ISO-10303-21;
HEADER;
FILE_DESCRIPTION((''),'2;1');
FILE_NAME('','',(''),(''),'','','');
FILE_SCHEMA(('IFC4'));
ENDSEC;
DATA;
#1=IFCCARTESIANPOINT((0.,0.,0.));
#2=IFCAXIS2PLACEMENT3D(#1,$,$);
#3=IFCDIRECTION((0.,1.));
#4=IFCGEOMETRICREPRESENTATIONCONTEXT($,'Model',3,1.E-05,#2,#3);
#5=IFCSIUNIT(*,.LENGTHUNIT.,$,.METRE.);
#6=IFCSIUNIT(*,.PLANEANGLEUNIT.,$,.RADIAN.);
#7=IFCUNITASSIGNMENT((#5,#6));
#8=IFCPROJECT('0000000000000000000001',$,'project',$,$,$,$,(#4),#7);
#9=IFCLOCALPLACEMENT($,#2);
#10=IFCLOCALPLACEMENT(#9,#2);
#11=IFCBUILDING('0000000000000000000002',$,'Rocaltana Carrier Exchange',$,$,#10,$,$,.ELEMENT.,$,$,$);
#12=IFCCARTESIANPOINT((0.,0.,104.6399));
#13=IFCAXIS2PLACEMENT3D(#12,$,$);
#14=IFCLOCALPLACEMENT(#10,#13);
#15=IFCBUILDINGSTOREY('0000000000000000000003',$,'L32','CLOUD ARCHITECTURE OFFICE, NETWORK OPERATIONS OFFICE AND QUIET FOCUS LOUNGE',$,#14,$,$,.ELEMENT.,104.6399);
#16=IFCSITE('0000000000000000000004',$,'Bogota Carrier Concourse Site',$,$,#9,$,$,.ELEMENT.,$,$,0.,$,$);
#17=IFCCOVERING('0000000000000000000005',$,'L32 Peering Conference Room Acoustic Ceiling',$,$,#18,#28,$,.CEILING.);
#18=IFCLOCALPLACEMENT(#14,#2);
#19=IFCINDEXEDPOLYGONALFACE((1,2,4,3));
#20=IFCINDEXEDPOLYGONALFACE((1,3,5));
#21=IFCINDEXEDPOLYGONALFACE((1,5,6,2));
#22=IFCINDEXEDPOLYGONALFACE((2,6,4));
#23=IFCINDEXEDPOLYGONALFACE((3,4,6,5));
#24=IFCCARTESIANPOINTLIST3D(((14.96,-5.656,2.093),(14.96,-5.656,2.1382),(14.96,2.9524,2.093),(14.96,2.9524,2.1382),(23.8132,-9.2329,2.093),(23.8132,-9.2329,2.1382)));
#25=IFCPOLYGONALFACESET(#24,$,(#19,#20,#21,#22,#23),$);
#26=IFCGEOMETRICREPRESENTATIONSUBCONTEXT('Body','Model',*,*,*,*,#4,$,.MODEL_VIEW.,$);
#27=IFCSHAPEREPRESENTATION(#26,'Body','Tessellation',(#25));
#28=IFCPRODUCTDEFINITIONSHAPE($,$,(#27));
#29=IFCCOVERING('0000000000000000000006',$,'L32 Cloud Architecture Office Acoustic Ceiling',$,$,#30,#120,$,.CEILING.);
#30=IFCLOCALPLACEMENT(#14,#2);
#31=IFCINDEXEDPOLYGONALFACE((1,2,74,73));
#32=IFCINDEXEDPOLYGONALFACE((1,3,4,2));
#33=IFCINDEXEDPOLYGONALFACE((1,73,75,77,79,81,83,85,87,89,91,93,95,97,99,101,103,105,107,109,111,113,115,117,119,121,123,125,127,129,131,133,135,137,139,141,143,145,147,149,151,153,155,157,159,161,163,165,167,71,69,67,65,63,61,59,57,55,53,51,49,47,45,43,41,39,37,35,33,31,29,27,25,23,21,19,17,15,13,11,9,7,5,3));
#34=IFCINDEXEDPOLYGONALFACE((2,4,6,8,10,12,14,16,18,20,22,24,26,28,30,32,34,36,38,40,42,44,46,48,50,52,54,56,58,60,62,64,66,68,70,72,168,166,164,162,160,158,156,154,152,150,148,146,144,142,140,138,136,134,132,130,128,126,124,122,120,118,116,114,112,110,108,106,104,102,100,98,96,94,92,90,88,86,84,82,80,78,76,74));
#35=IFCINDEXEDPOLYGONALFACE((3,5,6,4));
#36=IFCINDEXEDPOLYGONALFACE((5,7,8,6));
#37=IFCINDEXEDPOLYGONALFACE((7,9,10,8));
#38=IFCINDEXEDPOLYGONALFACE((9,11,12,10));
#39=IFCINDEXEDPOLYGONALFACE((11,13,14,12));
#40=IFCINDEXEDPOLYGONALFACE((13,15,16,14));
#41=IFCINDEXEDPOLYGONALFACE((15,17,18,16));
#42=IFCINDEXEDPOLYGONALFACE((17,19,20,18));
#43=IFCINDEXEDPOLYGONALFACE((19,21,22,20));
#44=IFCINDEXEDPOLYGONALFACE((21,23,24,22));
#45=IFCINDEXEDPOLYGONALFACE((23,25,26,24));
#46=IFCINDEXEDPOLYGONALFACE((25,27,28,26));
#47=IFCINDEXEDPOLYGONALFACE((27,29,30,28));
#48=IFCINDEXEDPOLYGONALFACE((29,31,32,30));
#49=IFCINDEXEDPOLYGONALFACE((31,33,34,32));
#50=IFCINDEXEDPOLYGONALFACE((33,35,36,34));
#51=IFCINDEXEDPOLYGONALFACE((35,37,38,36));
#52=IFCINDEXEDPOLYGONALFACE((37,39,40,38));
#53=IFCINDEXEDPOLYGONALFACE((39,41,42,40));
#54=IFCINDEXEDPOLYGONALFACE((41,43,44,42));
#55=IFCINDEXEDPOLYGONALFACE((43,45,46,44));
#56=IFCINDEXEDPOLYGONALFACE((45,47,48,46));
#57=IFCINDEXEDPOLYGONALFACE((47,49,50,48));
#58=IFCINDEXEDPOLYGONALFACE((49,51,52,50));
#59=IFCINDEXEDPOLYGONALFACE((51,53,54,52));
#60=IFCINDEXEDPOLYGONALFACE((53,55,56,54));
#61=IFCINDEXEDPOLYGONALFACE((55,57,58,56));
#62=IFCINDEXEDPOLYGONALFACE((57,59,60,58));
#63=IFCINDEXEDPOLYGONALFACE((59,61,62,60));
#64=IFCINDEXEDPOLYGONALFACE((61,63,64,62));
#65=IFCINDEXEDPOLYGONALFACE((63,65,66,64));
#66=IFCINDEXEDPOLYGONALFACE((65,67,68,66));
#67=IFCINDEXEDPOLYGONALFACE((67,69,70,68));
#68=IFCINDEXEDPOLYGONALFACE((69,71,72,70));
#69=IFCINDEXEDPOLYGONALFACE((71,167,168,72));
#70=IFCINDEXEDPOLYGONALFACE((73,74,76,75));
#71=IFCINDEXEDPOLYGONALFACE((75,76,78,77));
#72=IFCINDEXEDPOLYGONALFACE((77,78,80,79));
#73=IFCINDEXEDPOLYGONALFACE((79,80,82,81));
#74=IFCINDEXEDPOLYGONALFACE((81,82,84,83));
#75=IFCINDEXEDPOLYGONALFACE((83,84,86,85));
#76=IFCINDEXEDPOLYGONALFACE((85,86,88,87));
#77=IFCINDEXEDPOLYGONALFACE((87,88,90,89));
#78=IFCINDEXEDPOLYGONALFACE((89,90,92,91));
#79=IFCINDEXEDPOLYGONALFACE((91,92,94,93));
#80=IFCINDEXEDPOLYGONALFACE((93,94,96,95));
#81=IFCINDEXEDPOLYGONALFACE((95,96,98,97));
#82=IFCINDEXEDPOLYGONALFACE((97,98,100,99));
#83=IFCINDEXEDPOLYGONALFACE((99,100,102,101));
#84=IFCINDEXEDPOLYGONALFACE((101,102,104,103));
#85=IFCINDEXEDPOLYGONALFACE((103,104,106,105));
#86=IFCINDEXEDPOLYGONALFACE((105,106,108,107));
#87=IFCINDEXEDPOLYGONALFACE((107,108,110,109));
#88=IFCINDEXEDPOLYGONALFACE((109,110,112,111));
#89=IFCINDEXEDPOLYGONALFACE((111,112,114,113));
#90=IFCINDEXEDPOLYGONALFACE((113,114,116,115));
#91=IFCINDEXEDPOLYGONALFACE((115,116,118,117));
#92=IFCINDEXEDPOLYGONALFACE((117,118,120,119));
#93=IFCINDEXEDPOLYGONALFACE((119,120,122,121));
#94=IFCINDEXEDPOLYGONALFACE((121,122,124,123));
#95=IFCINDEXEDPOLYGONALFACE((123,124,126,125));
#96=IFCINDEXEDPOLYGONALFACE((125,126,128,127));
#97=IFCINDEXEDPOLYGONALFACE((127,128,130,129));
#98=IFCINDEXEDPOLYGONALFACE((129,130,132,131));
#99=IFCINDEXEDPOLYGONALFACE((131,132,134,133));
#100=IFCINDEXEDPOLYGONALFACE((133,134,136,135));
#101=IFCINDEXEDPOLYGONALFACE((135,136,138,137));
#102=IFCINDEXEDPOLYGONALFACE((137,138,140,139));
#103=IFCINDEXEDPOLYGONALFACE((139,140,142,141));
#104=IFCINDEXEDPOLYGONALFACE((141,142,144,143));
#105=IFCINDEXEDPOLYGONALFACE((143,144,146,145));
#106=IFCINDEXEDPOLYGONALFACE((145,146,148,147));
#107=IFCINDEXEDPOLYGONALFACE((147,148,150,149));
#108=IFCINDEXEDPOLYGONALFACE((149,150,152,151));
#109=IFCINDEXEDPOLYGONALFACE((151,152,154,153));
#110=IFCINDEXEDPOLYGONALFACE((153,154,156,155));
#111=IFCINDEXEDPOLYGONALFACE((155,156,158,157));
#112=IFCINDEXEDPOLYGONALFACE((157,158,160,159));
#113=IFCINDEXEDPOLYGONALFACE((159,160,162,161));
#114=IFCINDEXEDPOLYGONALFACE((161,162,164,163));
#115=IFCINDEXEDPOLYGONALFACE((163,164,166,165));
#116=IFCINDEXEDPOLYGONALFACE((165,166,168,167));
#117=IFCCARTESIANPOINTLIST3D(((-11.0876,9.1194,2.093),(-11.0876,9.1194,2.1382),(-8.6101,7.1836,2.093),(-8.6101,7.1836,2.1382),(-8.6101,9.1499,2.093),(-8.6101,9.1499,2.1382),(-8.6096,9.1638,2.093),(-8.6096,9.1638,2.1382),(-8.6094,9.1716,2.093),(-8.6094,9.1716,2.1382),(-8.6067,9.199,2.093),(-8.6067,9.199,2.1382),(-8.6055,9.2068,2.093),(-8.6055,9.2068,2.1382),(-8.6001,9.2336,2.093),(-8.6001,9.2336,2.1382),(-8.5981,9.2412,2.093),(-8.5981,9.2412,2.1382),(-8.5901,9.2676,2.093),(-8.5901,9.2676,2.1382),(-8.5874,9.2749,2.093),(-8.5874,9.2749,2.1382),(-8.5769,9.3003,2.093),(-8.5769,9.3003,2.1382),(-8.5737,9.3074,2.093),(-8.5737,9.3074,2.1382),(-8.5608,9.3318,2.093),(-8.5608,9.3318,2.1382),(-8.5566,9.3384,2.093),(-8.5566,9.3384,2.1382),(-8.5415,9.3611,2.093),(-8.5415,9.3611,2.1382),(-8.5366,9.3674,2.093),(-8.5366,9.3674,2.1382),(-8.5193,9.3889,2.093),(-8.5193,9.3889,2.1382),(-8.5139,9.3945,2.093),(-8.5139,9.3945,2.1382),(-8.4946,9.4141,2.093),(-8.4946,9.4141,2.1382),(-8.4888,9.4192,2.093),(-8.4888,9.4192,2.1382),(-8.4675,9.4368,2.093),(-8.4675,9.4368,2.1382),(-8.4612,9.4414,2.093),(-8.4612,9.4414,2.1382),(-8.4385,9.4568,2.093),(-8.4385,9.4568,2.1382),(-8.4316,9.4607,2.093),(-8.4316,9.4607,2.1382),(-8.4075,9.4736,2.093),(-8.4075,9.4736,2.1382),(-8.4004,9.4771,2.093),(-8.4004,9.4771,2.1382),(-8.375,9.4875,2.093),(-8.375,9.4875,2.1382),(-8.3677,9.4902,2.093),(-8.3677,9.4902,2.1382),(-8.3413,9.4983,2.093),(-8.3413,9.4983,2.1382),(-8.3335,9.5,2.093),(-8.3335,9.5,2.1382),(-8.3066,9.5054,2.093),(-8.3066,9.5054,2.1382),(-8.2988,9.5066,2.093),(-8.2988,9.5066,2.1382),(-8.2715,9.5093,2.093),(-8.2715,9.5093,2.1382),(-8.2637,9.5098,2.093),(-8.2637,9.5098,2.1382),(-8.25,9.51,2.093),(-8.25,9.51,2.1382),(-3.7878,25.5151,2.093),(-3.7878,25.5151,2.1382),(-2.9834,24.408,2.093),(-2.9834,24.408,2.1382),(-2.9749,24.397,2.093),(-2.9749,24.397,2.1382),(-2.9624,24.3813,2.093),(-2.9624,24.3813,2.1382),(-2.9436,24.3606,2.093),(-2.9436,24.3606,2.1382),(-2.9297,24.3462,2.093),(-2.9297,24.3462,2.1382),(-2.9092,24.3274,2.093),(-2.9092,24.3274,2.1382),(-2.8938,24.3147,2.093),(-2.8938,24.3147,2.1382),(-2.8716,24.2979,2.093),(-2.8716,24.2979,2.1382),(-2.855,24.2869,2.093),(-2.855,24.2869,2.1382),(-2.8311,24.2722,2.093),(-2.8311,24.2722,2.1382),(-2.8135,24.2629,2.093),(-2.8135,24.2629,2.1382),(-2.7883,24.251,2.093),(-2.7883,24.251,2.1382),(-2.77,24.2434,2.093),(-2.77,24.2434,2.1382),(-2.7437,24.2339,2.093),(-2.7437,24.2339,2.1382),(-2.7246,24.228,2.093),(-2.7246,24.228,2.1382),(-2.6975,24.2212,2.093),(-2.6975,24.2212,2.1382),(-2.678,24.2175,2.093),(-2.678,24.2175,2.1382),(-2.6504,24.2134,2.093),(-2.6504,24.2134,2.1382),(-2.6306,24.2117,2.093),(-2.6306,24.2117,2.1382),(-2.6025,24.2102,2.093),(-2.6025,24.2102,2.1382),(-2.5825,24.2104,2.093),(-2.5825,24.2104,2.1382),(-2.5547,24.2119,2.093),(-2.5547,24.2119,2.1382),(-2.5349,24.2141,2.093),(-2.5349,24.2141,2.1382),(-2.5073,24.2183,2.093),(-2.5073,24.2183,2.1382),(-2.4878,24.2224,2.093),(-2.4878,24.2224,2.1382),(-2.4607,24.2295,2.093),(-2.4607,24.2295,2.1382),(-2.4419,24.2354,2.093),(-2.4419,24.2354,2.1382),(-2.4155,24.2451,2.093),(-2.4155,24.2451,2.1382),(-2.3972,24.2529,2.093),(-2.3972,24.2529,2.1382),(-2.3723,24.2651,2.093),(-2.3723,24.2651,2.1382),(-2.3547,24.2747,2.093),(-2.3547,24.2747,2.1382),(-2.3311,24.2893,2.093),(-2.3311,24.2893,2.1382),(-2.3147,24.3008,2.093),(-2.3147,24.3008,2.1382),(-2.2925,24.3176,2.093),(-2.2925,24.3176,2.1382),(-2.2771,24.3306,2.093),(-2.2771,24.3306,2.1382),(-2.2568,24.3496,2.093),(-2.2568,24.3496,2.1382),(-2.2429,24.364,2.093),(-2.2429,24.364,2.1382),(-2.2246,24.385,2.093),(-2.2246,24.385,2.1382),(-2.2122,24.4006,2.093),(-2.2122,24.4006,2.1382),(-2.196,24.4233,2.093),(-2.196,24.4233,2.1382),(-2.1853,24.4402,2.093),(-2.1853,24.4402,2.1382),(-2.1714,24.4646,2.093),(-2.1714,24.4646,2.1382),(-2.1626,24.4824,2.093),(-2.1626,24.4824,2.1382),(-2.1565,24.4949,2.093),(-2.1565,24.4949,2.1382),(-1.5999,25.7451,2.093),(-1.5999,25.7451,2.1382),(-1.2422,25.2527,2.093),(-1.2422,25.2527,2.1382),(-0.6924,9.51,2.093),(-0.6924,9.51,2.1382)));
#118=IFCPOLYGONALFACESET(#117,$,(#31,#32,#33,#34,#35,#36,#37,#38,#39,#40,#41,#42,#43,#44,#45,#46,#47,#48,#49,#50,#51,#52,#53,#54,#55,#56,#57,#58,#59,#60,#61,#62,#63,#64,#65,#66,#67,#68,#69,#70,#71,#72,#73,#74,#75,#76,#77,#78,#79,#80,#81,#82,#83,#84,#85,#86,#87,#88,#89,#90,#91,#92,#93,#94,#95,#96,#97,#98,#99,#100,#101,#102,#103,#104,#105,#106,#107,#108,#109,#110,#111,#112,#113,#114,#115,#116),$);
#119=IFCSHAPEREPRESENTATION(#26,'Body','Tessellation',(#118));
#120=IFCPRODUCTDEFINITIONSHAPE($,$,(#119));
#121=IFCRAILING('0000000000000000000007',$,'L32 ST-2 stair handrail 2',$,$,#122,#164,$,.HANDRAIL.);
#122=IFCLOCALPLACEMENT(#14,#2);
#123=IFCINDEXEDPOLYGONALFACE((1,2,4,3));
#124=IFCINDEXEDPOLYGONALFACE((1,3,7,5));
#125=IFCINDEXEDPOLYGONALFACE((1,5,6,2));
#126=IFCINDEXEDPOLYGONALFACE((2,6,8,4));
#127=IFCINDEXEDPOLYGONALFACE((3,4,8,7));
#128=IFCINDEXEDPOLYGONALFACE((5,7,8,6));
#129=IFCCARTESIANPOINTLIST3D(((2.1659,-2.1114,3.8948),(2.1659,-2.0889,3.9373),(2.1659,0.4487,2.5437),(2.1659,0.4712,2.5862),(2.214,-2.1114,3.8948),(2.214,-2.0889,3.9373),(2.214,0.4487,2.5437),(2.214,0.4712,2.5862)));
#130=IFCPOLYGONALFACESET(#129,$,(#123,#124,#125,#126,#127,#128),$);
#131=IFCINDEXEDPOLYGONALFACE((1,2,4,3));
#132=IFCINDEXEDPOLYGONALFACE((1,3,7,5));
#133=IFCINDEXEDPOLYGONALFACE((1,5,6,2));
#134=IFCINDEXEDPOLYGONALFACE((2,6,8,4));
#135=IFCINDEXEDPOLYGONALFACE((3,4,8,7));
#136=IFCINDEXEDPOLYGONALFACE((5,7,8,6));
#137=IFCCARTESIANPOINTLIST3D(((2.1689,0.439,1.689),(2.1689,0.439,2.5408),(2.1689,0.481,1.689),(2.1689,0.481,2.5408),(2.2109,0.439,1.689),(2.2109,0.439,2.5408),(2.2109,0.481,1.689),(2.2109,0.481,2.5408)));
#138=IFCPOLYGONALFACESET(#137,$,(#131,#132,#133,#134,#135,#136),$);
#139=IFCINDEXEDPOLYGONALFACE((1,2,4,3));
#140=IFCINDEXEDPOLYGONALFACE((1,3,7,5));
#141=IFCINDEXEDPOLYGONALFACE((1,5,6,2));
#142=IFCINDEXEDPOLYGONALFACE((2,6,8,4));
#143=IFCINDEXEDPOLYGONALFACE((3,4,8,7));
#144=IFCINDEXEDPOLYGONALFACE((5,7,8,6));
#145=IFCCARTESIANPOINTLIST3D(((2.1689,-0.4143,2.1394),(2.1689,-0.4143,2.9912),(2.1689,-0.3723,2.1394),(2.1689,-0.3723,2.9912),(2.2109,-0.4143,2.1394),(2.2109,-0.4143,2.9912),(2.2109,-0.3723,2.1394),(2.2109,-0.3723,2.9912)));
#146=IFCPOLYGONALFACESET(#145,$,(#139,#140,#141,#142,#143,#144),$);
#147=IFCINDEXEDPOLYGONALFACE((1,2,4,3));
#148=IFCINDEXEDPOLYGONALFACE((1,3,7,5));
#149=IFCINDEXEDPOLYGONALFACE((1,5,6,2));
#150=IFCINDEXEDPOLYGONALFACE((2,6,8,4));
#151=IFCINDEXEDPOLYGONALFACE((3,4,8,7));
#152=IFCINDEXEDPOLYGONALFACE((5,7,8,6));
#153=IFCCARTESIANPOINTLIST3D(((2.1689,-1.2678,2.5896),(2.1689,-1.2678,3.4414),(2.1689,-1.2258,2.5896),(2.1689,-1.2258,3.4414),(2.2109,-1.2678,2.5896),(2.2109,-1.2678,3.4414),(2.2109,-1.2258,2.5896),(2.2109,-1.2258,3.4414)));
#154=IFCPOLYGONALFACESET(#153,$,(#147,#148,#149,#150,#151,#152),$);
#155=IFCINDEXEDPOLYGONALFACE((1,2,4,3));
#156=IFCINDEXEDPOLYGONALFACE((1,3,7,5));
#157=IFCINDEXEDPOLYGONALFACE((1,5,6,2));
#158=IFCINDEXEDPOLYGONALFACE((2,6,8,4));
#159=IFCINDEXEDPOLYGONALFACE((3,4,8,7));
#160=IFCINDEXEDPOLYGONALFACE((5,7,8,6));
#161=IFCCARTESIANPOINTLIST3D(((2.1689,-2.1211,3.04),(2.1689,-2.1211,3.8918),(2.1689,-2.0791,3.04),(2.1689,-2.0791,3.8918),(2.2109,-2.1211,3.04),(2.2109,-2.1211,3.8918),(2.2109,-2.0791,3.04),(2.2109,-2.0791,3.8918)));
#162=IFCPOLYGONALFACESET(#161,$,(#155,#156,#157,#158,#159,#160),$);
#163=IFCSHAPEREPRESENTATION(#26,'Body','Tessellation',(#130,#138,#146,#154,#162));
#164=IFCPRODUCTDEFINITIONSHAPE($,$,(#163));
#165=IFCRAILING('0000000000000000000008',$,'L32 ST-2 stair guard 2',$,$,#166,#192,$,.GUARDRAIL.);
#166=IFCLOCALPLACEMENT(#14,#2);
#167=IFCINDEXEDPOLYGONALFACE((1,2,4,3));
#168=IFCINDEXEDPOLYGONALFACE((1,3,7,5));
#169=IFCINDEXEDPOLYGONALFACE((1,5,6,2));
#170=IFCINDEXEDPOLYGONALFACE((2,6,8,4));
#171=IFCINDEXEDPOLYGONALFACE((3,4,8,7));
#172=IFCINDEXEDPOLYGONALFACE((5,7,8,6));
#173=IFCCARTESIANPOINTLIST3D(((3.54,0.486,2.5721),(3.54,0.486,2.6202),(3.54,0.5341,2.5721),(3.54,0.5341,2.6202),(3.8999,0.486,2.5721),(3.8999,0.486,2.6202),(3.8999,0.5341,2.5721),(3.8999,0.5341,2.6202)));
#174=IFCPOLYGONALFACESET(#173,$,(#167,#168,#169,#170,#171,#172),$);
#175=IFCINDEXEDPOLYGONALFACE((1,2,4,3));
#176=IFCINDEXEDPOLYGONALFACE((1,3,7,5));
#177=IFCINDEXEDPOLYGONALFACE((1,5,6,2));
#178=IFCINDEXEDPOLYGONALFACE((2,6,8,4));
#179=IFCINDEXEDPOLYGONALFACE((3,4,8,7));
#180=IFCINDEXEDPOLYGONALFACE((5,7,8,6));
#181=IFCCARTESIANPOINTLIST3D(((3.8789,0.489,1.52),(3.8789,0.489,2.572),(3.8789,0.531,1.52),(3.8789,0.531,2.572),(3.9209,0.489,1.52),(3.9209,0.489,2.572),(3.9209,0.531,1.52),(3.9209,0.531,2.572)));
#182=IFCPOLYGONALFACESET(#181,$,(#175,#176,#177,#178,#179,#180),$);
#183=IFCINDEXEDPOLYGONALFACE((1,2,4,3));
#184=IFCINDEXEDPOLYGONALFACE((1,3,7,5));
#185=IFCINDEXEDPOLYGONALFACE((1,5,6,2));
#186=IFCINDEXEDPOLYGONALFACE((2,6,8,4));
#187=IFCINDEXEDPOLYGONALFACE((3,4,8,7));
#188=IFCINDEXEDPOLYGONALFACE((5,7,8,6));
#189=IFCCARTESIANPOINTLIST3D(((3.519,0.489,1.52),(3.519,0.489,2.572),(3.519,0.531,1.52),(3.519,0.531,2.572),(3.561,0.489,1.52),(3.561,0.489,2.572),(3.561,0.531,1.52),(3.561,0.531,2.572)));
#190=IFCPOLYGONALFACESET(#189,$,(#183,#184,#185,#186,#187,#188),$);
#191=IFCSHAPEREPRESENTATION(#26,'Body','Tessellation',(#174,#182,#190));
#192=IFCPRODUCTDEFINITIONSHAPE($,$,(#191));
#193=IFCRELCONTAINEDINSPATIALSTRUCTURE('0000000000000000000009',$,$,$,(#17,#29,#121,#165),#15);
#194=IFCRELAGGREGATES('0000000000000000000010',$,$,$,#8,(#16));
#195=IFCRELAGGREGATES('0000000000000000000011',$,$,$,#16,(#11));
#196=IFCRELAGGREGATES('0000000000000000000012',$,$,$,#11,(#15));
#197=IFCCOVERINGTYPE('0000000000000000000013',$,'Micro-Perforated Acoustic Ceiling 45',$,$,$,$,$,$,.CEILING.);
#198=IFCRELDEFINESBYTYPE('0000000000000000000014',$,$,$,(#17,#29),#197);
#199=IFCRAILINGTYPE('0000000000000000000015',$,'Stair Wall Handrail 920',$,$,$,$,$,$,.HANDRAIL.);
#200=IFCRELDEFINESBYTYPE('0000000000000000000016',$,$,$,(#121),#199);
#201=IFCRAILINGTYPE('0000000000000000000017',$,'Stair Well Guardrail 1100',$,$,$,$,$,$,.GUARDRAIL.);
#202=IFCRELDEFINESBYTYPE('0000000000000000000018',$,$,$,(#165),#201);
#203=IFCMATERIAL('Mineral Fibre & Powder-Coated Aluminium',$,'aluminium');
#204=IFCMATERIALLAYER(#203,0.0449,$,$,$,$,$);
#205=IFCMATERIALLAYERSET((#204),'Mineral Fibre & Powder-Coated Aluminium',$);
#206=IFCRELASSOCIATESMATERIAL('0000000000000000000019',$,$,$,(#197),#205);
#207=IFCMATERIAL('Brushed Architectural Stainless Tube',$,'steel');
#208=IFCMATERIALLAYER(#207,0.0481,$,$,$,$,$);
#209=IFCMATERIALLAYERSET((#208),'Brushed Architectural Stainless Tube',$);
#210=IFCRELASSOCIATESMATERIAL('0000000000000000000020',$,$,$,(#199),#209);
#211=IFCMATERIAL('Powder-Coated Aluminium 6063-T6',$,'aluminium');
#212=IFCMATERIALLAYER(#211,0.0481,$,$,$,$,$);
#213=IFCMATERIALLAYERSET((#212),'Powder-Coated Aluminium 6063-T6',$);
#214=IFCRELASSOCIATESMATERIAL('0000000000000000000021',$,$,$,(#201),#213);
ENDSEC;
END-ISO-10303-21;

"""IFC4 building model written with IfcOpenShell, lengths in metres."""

from ifc_helpers import new_model, si_unit, direction, frame, origin, origin_2d, place, context, subcontext, project, spatial, polyline, rectangle, outline, extrude, material, layer, layer_set, type_object, element, save


model = new_model("IFC4")

# Units and contexts
model_context = context("Model", 3, precision=1e-05, world=origin(), true_north=direction((0.0, 1.0)))
body_context = subcontext(model_context, "Body", "Model", "MODEL_VIEW")
ifc_project = project(units=[si_unit("LENGTHUNIT", "METRE"), si_unit("PLANEANGLEUNIT", "RADIAN")], contexts=[model_context])

# Site, building, storey
site_placement = place(None, origin())
site = spatial("IfcSite", under=ifc_project, at=site_placement, Name="Bogota Carrier Concourse Site", CompositionType="ELEMENT", RefElevation=0.0)
building_placement = place(site_placement, origin())
building = spatial("IfcBuilding", under=site, at=building_placement, Name="Rocaltana Carrier Exchange", CompositionType="ELEMENT")
storey_placement = place(building_placement, frame((0.0, 0.0, 104.6399)))
storey = spatial("IfcBuildingStorey", under=building, at=storey_placement, Name="L32", Description="CLOUD ARCHITECTURE OFFICE, NETWORK OPERATIONS OFFICE AND QUIET FOCUS LOUNGE", CompositionType="ELEMENT", Elevation=104.6399)

# Coverings
ifc_material_1 = material(Name="Mineral Fibre & Powder-Coated Aluminium", Category="aluminium")
ifc_layer_1 = layer(ifc_material_1, 0.0449)
ifc_layer_set_1 = layer_set([ifc_layer_1], Name="Mineral Fibre & Powder-Coated Aluminium")
covering_type_1 = type_object("IfcCoveringType", Name="Micro-Perforated Acoustic Ceiling 45", PredefinedType="CEILING", material=ifc_layer_set_1)
covering_1_placement = place(storey_placement, frame((0.0, 0.0, 2.093)))
element("IfcCovering", 1, at=covering_1_placement, inside=storey, type_object=covering_type_1, Name="L32 Peering Conference Room Acoustic Ceiling", PredefinedType="CEILING", context=body_context, shape_type="SweptSolid", body=[
    extrude(outline(polyline([(14.96, 2.9524), (23.8132, -9.2329), (14.96, -5.656), (14.96, 2.9524)])), origin(), (0.0, 0.0, 1.0), 0.0452),
])
covering_2_placement = place(storey_placement, frame((0.0, 0.0, 2.093)))
element("IfcCovering", 2, at=covering_2_placement, inside=storey, type_object=covering_type_1, Name="L32 Cloud Architecture Office Acoustic Ceiling", PredefinedType="CEILING", context=body_context, shape_type="SweptSolid", body=[
    extrude(outline(polyline([(-3.7878, 25.5151), (-2.9834, 24.408), (-2.9749, 24.397), (-2.9624, 24.3813), (-2.9436, 24.3606), (-2.9297, 24.3462), (-2.9092, 24.3274), (-2.8938, 24.3147), (-2.8716, 24.2979), (-2.855, 24.2869), (-2.8311, 24.2722), (-2.8135, 24.2629), (-2.7883, 24.251), (-2.77, 24.2434), (-2.7437, 24.2339), (-2.7246, 24.228), (-2.6975, 24.2212), (-2.678, 24.2175), (-2.6504, 24.2134), (-2.6306, 24.2117), (-2.6025, 24.2102), (-2.5825, 24.2104), (-2.5547, 24.2119), (-2.5349, 24.2141), (-2.5073, 24.2183), (-2.4878, 24.2224), (-2.4607, 24.2295), (-2.4419, 24.2354), (-2.4155, 24.2451), (-2.3972, 24.2529), (-2.3723, 24.2651), (-2.3547, 24.2747), (-2.3311, 24.2893), (-2.3147, 24.3008), (-2.2925, 24.3176), (-2.2771, 24.3306), (-2.2568, 24.3496), (-2.2429, 24.364), (-2.2246, 24.385), (-2.2122, 24.4006), (-2.196, 24.4233), (-2.1853, 24.4402), (-2.1714, 24.4646), (-2.1626, 24.4824), (-2.1565, 24.4949), (-1.5999, 25.7451), (-1.2422, 25.2527), (-0.6924, 9.51), (-8.25, 9.51), (-8.2637, 9.5098), (-8.2715, 9.5093), (-8.2988, 9.5066), (-8.3066, 9.5054), (-8.3335, 9.5), (-8.3413, 9.4983), (-8.3677, 9.4902), (-8.375, 9.4875), (-8.4004, 9.4771), (-8.4075, 9.4736), (-8.4316, 9.4607), (-8.4385, 9.4568), (-8.4612, 9.4414), (-8.4675, 9.4368), (-8.4888, 9.4192), (-8.4946, 9.4141), (-8.5139, 9.3945), (-8.5193, 9.3889), (-8.5366, 9.3674), (-8.5415, 9.3611), (-8.5566, 9.3384), (-8.5608, 9.3318), (-8.5737, 9.3074), (-8.5769, 9.3003), (-8.5874, 9.2749), (-8.5901, 9.2676), (-8.5981, 9.2412), (-8.6001, 9.2336), (-8.6055, 9.2068), (-8.6067, 9.199), (-8.6094, 9.1716), (-8.6096, 9.1638), (-8.6101, 9.1499), (-8.6101, 7.1836), (-11.0876, 9.1194), (-3.7878, 25.5151)])), origin(), (0.0, 0.0, 1.0), 0.0452),
])

# Railings
ifc_material_2 = material(Name="Brushed Architectural Stainless Tube", Category="steel")
ifc_layer_2 = layer(ifc_material_2, 0.0481)
ifc_layer_set_2 = layer_set([ifc_layer_2], Name="Brushed Architectural Stainless Tube")
railing_type_1 = type_object("IfcRailingType", Name="Stair Wall Handrail 920", PredefinedType="HANDRAIL", material=ifc_layer_set_2)
railing_1_placement = place(storey_placement, frame((2.1899, 0.46, 1.689)))
element("IfcRailing", 3, at=railing_1_placement, inside=storey, type_object=railing_type_1, Name="L32 ST-2 stair handrail 2", PredefinedType="HANDRAIL", context=body_context, shape_type="SweptSolid", body=[
    extrude(rectangle(XDim=0.0481, YDim=0.0481, at=origin_2d()), frame((0.0, 0.0, 0.876), z_axis=(0.0, -0.884394, 0.46674), x_axis=(1.0, 0.0, 0.0)), (0.0, 0.0, 1.0), 2.8948),
    extrude(rectangle(XDim=0.042, YDim=0.042, at=origin_2d()), origin(), (0.0, 0.0, 1.0), 0.8518),
    extrude(rectangle(XDim=0.042, YDim=0.042, at=origin_2d()), frame((0.0, -0.8533, 0.4504)), (0.0, 0.0, 1.0), 0.8518),
    extrude(rectangle(XDim=0.042, YDim=0.042, at=origin_2d()), frame((0.0, -1.7068, 0.9006)), (0.0, 0.0, 1.0), 0.8518),
    extrude(rectangle(XDim=0.042, YDim=0.042, at=origin_2d()), frame((0.0, -2.5601, 1.3511)), (0.0, 0.0, 1.0), 0.8518),
])
ifc_material_3 = material(Name="Powder-Coated Aluminium 6063-T6", Category="aluminium")
ifc_layer_3 = layer(ifc_material_3, 0.0481)
ifc_layer_set_3 = layer_set([ifc_layer_3], Name="Powder-Coated Aluminium 6063-T6")
railing_type_2 = type_object("IfcRailingType", Name="Stair Well Guardrail 1100", PredefinedType="GUARDRAIL", material=ifc_layer_set_3)
railing_2_placement = place(storey_placement, frame((3.8999, 0.51, 1.52)))
element("IfcRailing", 4, at=railing_2_placement, inside=storey, type_object=railing_type_2, Name="L32 ST-2 stair guard 2", PredefinedType="GUARDRAIL", context=body_context, shape_type="SweptSolid", body=[
    extrude(rectangle(XDim=0.0481, YDim=0.0481, at=origin_2d()), frame((0.0, 0.0, 1.0762), z_axis=(-1.0, 0.0, 0.0), x_axis=(0.0, -1.0, 0.0)), (0.0, 0.0, 1.0), 0.3599),
    extrude(rectangle(XDim=0.042, YDim=0.042, at=origin_2d()), origin(), (0.0, 0.0, 1.0), 1.052),
    extrude(rectangle(XDim=0.042, YDim=0.042, at=origin_2d()), frame((-0.3599, 0.0, 0.0)), (0.0, 0.0, 1.0), 1.052),
])

save(model, "model.ifc")
